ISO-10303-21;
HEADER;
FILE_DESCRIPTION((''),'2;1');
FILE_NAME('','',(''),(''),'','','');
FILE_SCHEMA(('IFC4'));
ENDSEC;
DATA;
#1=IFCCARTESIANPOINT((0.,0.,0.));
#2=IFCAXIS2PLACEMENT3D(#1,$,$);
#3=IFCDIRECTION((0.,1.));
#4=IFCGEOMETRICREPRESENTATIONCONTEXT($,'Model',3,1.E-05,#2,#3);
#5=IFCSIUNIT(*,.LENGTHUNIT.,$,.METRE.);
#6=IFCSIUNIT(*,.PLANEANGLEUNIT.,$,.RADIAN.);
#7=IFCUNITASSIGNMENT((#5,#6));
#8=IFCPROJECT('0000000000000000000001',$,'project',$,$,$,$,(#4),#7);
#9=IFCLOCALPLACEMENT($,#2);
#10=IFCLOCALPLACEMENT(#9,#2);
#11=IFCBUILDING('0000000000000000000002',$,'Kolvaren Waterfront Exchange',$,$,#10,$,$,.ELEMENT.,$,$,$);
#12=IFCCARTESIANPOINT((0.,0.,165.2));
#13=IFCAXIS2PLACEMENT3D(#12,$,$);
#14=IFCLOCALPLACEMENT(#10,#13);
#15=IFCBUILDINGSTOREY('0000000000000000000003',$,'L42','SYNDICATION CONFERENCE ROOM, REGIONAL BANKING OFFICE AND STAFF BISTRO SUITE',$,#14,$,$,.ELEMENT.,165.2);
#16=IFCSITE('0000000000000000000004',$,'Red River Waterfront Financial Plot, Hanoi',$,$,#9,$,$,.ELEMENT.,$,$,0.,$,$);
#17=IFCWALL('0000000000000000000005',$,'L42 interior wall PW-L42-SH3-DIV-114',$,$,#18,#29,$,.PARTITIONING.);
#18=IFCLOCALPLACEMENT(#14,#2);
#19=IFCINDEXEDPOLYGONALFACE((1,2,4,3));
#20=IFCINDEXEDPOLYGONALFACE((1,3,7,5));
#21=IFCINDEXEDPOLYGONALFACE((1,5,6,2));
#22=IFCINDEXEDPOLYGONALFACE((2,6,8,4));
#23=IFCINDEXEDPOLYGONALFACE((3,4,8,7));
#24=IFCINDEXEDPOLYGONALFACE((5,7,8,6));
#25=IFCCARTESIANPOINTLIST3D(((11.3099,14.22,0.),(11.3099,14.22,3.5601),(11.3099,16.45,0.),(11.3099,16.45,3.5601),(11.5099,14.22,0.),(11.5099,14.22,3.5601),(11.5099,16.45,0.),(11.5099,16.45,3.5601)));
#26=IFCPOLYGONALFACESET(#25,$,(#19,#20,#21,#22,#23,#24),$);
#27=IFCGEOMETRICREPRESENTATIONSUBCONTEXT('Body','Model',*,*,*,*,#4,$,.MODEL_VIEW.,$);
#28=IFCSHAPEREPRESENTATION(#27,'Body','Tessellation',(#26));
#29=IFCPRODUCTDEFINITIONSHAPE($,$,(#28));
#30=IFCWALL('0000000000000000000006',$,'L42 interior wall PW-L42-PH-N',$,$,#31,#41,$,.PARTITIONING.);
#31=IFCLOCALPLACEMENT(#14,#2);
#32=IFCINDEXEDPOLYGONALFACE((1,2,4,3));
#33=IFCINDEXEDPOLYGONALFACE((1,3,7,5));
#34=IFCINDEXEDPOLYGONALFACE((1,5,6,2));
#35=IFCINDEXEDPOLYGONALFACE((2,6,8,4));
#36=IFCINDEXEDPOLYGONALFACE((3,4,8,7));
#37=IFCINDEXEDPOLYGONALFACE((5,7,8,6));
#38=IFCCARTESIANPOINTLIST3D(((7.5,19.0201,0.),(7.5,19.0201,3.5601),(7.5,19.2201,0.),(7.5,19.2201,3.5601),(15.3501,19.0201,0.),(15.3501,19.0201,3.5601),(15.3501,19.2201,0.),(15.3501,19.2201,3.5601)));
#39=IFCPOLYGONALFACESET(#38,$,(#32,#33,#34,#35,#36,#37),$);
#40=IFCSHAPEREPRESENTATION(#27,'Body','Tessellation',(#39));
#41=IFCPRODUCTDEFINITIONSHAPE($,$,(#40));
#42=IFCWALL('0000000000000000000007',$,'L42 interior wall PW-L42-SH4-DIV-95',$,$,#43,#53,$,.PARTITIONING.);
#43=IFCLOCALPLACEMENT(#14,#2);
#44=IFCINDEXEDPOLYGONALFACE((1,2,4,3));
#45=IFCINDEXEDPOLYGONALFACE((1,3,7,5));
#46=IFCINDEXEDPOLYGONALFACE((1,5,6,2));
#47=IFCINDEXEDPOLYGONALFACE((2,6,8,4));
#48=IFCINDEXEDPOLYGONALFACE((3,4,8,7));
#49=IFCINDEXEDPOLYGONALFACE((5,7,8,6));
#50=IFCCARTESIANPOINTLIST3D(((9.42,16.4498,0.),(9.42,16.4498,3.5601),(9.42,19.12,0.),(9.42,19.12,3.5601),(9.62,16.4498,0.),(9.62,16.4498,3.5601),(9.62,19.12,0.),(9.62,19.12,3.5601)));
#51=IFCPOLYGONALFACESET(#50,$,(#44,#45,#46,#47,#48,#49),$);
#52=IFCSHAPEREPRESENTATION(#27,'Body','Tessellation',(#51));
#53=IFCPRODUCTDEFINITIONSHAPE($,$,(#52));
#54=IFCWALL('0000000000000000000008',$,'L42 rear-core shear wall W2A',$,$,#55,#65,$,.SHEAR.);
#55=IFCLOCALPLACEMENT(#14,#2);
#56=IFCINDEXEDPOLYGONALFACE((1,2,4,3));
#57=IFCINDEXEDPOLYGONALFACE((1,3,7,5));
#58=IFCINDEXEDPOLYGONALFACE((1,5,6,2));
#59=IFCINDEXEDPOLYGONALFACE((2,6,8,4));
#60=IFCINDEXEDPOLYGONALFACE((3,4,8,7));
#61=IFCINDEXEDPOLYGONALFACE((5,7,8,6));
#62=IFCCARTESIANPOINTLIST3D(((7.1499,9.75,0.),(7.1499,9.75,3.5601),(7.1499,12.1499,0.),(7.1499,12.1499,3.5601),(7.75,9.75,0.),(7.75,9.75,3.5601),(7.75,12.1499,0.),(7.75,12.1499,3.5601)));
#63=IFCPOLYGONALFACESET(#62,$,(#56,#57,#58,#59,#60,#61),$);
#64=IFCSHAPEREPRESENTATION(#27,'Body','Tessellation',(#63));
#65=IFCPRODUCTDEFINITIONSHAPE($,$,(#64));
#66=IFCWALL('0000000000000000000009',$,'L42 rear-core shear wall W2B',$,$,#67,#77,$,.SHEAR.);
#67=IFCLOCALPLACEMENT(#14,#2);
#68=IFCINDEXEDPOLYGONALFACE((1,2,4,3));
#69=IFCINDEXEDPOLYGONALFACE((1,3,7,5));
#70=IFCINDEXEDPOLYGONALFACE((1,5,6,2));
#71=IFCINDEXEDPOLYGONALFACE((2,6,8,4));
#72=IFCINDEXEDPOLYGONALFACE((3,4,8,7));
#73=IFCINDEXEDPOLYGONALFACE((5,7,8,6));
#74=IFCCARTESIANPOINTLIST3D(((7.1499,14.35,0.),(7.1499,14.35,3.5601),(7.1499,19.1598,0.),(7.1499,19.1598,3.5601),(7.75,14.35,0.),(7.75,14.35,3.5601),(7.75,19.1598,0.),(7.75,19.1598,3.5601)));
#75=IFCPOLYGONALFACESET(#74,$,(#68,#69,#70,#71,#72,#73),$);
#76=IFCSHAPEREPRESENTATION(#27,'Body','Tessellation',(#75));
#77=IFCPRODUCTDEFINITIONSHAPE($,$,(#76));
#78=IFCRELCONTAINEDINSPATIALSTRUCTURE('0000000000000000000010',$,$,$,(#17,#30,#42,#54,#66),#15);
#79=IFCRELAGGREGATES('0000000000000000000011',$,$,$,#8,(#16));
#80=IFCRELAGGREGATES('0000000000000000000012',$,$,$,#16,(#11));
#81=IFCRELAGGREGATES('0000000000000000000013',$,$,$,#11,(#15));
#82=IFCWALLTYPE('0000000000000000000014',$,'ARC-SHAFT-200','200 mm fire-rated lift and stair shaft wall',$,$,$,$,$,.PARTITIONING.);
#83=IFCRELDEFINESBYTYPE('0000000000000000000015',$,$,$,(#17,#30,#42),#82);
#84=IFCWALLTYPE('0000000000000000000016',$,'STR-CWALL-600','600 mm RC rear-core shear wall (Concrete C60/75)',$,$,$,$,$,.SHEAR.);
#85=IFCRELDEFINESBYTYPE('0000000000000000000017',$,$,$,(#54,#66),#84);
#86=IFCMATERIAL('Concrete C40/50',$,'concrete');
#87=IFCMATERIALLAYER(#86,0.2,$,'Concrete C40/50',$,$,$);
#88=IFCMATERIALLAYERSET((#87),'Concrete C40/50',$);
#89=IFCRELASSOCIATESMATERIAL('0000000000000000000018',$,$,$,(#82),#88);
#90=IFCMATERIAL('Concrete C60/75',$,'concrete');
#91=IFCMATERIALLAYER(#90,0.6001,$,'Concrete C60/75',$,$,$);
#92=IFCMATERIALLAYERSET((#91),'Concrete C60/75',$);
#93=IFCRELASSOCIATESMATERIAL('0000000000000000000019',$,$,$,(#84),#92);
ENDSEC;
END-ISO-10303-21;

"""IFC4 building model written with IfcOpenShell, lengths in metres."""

from ifc_helpers import new_model, si_unit, direction, frame, frame_2d, origin, place, context, subcontext, project, spatial, rectangle, extrude, material, layer, layer_set, type_object, element, save


model = new_model("IFC4")

# Units and contexts
model_context = context("Model", 3, precision=1e-05, world=origin(), true_north=direction((0.0, 1.0)))
body_context = subcontext(model_context, "Body", "Model", "MODEL_VIEW")
ifc_project = project(units=[si_unit("LENGTHUNIT", "METRE"), si_unit("PLANEANGLEUNIT", "RADIAN")], contexts=[model_context])

# Site, building, storey
site_placement = place(None, origin())
site = spatial("IfcSite", under=ifc_project, at=site_placement, Name="Red River Waterfront Financial Plot, Hanoi", CompositionType="ELEMENT", RefElevation=0.0)
building_placement = place(site_placement, origin())
building = spatial("IfcBuilding", under=site, at=building_placement, Name="Kolvaren Waterfront Exchange", CompositionType="ELEMENT")
storey_placement = place(building_placement, frame((0.0, 0.0, 165.2)))
storey = spatial("IfcBuildingStorey", under=building, at=storey_placement, Name="L42", Description="SYNDICATION CONFERENCE ROOM, REGIONAL BANKING OFFICE AND STAFF BISTRO SUITE", CompositionType="ELEMENT", Elevation=165.2)

# Shared definitions
ifc_material_1 = material(Name="Concrete C60/75", Category="concrete")

# Shared definitions
ifc_material_2 = material(Name="Concrete C40/50", Category="concrete")
ifc_layer_1 = layer(ifc_material_2, 0.2, Name="Concrete C40/50")
ifc_layer_set_1 = layer_set([ifc_layer_1], Name="Concrete C40/50")
wall_type_1 = type_object("IfcWallType", Name="ARC-SHAFT-200", Description="200 mm fire-rated lift and stair shaft wall", PredefinedType="PARTITIONING", material=ifc_layer_set_1)

# Walls
for number, where, z_axis, x_axis, name in (
    (1, (11.4099, 14.22, 0.0), (0.0, 0.0, 1.0), (0.0, 1.0, 0.0), "L42 interior wall PW-L42-SH3-DIV-114"),
):
    element("IfcWall", number, at=place(storey_placement, frame(where, z_axis=z_axis, x_axis=x_axis)), inside=storey, type_object=wall_type_1, Name=name, PredefinedType="PARTITIONING", context=body_context, shape_type="SweptSolid", body=[
        extrude(rectangle(XDim=2.23, YDim=0.2, at=frame_2d((1.115, 0.0))), origin(), (0.0, 0.0, 1.0), 3.5601),
    ])
wall_1_placement = place(storey_placement, frame((7.5, 19.1201, 0.0), z_axis=(0.0, 0.0, 1.0), x_axis=(1.0, 0.0, 0.0)))
element("IfcWall", 2, at=wall_1_placement, inside=storey, type_object=wall_type_1, Name="L42 interior wall PW-L42-PH-N", PredefinedType="PARTITIONING", context=body_context, shape_type="SweptSolid", body=[
    extrude(rectangle(XDim=7.8501, YDim=0.2, at=frame_2d((3.925, 0.0))), origin(), (0.0, 0.0, 1.0), 3.5601),
])
wall_2_placement = place(storey_placement, frame((9.52, 16.45, 0.0), z_axis=(0.0, 0.0, 1.0), x_axis=(0.0, 1.0, 0.0)))
element("IfcWall", 3, at=wall_2_placement, inside=storey, type_object=wall_type_1, Name="L42 interior wall PW-L42-SH4-DIV-95", PredefinedType="PARTITIONING", context=body_context, shape_type="SweptSolid", body=[
    extrude(rectangle(XDim=2.6702, YDim=0.2, at=frame_2d((1.335, 0.0))), origin(), (0.0, 0.0, 1.0), 3.5601),
])
ifc_layer_2 = layer(ifc_material_1, 0.6001, Name="Concrete C60/75")
ifc_layer_set_2 = layer_set([ifc_layer_2], Name="Concrete C60/75")
wall_type_2 = type_object("IfcWallType", Name="STR-CWALL-600", Description="600 mm RC rear-core shear wall (Concrete C60/75)", PredefinedType="SHEAR", material=ifc_layer_set_2)
wall_3_placement = place(storey_placement, frame((7.45, 9.75, 0.0), z_axis=(0.0, 0.0, 1.0), x_axis=(0.0, 1.0, 0.0)))
element("IfcWall", 4, at=wall_3_placement, inside=storey, type_object=wall_type_2, Name="L42 rear-core shear wall W2A", PredefinedType="SHEAR", context=body_context, shape_type="SweptSolid", body=[
    extrude(rectangle(XDim=2.3999, YDim=0.6001, at=frame_2d((1.2, 0.0))), origin(), (0.0, 0.0, 1.0), 3.5601),
])
wall_4_placement = place(storey_placement, frame((7.45, 14.3501, 0.0), z_axis=(0.0, 0.0, 1.0), x_axis=(0.0, 1.0, 0.0)))
element("IfcWall", 5, at=wall_4_placement, inside=storey, type_object=wall_type_2, Name="L42 rear-core shear wall W2B", PredefinedType="SHEAR", context=body_context, shape_type="SweptSolid", body=[
    extrude(rectangle(XDim=4.8098, YDim=0.6001, at=frame_2d((2.4048, 0.0))), origin(), (0.0, 0.0, 1.0), 3.5601),
])

save(model, "model.ifc")
